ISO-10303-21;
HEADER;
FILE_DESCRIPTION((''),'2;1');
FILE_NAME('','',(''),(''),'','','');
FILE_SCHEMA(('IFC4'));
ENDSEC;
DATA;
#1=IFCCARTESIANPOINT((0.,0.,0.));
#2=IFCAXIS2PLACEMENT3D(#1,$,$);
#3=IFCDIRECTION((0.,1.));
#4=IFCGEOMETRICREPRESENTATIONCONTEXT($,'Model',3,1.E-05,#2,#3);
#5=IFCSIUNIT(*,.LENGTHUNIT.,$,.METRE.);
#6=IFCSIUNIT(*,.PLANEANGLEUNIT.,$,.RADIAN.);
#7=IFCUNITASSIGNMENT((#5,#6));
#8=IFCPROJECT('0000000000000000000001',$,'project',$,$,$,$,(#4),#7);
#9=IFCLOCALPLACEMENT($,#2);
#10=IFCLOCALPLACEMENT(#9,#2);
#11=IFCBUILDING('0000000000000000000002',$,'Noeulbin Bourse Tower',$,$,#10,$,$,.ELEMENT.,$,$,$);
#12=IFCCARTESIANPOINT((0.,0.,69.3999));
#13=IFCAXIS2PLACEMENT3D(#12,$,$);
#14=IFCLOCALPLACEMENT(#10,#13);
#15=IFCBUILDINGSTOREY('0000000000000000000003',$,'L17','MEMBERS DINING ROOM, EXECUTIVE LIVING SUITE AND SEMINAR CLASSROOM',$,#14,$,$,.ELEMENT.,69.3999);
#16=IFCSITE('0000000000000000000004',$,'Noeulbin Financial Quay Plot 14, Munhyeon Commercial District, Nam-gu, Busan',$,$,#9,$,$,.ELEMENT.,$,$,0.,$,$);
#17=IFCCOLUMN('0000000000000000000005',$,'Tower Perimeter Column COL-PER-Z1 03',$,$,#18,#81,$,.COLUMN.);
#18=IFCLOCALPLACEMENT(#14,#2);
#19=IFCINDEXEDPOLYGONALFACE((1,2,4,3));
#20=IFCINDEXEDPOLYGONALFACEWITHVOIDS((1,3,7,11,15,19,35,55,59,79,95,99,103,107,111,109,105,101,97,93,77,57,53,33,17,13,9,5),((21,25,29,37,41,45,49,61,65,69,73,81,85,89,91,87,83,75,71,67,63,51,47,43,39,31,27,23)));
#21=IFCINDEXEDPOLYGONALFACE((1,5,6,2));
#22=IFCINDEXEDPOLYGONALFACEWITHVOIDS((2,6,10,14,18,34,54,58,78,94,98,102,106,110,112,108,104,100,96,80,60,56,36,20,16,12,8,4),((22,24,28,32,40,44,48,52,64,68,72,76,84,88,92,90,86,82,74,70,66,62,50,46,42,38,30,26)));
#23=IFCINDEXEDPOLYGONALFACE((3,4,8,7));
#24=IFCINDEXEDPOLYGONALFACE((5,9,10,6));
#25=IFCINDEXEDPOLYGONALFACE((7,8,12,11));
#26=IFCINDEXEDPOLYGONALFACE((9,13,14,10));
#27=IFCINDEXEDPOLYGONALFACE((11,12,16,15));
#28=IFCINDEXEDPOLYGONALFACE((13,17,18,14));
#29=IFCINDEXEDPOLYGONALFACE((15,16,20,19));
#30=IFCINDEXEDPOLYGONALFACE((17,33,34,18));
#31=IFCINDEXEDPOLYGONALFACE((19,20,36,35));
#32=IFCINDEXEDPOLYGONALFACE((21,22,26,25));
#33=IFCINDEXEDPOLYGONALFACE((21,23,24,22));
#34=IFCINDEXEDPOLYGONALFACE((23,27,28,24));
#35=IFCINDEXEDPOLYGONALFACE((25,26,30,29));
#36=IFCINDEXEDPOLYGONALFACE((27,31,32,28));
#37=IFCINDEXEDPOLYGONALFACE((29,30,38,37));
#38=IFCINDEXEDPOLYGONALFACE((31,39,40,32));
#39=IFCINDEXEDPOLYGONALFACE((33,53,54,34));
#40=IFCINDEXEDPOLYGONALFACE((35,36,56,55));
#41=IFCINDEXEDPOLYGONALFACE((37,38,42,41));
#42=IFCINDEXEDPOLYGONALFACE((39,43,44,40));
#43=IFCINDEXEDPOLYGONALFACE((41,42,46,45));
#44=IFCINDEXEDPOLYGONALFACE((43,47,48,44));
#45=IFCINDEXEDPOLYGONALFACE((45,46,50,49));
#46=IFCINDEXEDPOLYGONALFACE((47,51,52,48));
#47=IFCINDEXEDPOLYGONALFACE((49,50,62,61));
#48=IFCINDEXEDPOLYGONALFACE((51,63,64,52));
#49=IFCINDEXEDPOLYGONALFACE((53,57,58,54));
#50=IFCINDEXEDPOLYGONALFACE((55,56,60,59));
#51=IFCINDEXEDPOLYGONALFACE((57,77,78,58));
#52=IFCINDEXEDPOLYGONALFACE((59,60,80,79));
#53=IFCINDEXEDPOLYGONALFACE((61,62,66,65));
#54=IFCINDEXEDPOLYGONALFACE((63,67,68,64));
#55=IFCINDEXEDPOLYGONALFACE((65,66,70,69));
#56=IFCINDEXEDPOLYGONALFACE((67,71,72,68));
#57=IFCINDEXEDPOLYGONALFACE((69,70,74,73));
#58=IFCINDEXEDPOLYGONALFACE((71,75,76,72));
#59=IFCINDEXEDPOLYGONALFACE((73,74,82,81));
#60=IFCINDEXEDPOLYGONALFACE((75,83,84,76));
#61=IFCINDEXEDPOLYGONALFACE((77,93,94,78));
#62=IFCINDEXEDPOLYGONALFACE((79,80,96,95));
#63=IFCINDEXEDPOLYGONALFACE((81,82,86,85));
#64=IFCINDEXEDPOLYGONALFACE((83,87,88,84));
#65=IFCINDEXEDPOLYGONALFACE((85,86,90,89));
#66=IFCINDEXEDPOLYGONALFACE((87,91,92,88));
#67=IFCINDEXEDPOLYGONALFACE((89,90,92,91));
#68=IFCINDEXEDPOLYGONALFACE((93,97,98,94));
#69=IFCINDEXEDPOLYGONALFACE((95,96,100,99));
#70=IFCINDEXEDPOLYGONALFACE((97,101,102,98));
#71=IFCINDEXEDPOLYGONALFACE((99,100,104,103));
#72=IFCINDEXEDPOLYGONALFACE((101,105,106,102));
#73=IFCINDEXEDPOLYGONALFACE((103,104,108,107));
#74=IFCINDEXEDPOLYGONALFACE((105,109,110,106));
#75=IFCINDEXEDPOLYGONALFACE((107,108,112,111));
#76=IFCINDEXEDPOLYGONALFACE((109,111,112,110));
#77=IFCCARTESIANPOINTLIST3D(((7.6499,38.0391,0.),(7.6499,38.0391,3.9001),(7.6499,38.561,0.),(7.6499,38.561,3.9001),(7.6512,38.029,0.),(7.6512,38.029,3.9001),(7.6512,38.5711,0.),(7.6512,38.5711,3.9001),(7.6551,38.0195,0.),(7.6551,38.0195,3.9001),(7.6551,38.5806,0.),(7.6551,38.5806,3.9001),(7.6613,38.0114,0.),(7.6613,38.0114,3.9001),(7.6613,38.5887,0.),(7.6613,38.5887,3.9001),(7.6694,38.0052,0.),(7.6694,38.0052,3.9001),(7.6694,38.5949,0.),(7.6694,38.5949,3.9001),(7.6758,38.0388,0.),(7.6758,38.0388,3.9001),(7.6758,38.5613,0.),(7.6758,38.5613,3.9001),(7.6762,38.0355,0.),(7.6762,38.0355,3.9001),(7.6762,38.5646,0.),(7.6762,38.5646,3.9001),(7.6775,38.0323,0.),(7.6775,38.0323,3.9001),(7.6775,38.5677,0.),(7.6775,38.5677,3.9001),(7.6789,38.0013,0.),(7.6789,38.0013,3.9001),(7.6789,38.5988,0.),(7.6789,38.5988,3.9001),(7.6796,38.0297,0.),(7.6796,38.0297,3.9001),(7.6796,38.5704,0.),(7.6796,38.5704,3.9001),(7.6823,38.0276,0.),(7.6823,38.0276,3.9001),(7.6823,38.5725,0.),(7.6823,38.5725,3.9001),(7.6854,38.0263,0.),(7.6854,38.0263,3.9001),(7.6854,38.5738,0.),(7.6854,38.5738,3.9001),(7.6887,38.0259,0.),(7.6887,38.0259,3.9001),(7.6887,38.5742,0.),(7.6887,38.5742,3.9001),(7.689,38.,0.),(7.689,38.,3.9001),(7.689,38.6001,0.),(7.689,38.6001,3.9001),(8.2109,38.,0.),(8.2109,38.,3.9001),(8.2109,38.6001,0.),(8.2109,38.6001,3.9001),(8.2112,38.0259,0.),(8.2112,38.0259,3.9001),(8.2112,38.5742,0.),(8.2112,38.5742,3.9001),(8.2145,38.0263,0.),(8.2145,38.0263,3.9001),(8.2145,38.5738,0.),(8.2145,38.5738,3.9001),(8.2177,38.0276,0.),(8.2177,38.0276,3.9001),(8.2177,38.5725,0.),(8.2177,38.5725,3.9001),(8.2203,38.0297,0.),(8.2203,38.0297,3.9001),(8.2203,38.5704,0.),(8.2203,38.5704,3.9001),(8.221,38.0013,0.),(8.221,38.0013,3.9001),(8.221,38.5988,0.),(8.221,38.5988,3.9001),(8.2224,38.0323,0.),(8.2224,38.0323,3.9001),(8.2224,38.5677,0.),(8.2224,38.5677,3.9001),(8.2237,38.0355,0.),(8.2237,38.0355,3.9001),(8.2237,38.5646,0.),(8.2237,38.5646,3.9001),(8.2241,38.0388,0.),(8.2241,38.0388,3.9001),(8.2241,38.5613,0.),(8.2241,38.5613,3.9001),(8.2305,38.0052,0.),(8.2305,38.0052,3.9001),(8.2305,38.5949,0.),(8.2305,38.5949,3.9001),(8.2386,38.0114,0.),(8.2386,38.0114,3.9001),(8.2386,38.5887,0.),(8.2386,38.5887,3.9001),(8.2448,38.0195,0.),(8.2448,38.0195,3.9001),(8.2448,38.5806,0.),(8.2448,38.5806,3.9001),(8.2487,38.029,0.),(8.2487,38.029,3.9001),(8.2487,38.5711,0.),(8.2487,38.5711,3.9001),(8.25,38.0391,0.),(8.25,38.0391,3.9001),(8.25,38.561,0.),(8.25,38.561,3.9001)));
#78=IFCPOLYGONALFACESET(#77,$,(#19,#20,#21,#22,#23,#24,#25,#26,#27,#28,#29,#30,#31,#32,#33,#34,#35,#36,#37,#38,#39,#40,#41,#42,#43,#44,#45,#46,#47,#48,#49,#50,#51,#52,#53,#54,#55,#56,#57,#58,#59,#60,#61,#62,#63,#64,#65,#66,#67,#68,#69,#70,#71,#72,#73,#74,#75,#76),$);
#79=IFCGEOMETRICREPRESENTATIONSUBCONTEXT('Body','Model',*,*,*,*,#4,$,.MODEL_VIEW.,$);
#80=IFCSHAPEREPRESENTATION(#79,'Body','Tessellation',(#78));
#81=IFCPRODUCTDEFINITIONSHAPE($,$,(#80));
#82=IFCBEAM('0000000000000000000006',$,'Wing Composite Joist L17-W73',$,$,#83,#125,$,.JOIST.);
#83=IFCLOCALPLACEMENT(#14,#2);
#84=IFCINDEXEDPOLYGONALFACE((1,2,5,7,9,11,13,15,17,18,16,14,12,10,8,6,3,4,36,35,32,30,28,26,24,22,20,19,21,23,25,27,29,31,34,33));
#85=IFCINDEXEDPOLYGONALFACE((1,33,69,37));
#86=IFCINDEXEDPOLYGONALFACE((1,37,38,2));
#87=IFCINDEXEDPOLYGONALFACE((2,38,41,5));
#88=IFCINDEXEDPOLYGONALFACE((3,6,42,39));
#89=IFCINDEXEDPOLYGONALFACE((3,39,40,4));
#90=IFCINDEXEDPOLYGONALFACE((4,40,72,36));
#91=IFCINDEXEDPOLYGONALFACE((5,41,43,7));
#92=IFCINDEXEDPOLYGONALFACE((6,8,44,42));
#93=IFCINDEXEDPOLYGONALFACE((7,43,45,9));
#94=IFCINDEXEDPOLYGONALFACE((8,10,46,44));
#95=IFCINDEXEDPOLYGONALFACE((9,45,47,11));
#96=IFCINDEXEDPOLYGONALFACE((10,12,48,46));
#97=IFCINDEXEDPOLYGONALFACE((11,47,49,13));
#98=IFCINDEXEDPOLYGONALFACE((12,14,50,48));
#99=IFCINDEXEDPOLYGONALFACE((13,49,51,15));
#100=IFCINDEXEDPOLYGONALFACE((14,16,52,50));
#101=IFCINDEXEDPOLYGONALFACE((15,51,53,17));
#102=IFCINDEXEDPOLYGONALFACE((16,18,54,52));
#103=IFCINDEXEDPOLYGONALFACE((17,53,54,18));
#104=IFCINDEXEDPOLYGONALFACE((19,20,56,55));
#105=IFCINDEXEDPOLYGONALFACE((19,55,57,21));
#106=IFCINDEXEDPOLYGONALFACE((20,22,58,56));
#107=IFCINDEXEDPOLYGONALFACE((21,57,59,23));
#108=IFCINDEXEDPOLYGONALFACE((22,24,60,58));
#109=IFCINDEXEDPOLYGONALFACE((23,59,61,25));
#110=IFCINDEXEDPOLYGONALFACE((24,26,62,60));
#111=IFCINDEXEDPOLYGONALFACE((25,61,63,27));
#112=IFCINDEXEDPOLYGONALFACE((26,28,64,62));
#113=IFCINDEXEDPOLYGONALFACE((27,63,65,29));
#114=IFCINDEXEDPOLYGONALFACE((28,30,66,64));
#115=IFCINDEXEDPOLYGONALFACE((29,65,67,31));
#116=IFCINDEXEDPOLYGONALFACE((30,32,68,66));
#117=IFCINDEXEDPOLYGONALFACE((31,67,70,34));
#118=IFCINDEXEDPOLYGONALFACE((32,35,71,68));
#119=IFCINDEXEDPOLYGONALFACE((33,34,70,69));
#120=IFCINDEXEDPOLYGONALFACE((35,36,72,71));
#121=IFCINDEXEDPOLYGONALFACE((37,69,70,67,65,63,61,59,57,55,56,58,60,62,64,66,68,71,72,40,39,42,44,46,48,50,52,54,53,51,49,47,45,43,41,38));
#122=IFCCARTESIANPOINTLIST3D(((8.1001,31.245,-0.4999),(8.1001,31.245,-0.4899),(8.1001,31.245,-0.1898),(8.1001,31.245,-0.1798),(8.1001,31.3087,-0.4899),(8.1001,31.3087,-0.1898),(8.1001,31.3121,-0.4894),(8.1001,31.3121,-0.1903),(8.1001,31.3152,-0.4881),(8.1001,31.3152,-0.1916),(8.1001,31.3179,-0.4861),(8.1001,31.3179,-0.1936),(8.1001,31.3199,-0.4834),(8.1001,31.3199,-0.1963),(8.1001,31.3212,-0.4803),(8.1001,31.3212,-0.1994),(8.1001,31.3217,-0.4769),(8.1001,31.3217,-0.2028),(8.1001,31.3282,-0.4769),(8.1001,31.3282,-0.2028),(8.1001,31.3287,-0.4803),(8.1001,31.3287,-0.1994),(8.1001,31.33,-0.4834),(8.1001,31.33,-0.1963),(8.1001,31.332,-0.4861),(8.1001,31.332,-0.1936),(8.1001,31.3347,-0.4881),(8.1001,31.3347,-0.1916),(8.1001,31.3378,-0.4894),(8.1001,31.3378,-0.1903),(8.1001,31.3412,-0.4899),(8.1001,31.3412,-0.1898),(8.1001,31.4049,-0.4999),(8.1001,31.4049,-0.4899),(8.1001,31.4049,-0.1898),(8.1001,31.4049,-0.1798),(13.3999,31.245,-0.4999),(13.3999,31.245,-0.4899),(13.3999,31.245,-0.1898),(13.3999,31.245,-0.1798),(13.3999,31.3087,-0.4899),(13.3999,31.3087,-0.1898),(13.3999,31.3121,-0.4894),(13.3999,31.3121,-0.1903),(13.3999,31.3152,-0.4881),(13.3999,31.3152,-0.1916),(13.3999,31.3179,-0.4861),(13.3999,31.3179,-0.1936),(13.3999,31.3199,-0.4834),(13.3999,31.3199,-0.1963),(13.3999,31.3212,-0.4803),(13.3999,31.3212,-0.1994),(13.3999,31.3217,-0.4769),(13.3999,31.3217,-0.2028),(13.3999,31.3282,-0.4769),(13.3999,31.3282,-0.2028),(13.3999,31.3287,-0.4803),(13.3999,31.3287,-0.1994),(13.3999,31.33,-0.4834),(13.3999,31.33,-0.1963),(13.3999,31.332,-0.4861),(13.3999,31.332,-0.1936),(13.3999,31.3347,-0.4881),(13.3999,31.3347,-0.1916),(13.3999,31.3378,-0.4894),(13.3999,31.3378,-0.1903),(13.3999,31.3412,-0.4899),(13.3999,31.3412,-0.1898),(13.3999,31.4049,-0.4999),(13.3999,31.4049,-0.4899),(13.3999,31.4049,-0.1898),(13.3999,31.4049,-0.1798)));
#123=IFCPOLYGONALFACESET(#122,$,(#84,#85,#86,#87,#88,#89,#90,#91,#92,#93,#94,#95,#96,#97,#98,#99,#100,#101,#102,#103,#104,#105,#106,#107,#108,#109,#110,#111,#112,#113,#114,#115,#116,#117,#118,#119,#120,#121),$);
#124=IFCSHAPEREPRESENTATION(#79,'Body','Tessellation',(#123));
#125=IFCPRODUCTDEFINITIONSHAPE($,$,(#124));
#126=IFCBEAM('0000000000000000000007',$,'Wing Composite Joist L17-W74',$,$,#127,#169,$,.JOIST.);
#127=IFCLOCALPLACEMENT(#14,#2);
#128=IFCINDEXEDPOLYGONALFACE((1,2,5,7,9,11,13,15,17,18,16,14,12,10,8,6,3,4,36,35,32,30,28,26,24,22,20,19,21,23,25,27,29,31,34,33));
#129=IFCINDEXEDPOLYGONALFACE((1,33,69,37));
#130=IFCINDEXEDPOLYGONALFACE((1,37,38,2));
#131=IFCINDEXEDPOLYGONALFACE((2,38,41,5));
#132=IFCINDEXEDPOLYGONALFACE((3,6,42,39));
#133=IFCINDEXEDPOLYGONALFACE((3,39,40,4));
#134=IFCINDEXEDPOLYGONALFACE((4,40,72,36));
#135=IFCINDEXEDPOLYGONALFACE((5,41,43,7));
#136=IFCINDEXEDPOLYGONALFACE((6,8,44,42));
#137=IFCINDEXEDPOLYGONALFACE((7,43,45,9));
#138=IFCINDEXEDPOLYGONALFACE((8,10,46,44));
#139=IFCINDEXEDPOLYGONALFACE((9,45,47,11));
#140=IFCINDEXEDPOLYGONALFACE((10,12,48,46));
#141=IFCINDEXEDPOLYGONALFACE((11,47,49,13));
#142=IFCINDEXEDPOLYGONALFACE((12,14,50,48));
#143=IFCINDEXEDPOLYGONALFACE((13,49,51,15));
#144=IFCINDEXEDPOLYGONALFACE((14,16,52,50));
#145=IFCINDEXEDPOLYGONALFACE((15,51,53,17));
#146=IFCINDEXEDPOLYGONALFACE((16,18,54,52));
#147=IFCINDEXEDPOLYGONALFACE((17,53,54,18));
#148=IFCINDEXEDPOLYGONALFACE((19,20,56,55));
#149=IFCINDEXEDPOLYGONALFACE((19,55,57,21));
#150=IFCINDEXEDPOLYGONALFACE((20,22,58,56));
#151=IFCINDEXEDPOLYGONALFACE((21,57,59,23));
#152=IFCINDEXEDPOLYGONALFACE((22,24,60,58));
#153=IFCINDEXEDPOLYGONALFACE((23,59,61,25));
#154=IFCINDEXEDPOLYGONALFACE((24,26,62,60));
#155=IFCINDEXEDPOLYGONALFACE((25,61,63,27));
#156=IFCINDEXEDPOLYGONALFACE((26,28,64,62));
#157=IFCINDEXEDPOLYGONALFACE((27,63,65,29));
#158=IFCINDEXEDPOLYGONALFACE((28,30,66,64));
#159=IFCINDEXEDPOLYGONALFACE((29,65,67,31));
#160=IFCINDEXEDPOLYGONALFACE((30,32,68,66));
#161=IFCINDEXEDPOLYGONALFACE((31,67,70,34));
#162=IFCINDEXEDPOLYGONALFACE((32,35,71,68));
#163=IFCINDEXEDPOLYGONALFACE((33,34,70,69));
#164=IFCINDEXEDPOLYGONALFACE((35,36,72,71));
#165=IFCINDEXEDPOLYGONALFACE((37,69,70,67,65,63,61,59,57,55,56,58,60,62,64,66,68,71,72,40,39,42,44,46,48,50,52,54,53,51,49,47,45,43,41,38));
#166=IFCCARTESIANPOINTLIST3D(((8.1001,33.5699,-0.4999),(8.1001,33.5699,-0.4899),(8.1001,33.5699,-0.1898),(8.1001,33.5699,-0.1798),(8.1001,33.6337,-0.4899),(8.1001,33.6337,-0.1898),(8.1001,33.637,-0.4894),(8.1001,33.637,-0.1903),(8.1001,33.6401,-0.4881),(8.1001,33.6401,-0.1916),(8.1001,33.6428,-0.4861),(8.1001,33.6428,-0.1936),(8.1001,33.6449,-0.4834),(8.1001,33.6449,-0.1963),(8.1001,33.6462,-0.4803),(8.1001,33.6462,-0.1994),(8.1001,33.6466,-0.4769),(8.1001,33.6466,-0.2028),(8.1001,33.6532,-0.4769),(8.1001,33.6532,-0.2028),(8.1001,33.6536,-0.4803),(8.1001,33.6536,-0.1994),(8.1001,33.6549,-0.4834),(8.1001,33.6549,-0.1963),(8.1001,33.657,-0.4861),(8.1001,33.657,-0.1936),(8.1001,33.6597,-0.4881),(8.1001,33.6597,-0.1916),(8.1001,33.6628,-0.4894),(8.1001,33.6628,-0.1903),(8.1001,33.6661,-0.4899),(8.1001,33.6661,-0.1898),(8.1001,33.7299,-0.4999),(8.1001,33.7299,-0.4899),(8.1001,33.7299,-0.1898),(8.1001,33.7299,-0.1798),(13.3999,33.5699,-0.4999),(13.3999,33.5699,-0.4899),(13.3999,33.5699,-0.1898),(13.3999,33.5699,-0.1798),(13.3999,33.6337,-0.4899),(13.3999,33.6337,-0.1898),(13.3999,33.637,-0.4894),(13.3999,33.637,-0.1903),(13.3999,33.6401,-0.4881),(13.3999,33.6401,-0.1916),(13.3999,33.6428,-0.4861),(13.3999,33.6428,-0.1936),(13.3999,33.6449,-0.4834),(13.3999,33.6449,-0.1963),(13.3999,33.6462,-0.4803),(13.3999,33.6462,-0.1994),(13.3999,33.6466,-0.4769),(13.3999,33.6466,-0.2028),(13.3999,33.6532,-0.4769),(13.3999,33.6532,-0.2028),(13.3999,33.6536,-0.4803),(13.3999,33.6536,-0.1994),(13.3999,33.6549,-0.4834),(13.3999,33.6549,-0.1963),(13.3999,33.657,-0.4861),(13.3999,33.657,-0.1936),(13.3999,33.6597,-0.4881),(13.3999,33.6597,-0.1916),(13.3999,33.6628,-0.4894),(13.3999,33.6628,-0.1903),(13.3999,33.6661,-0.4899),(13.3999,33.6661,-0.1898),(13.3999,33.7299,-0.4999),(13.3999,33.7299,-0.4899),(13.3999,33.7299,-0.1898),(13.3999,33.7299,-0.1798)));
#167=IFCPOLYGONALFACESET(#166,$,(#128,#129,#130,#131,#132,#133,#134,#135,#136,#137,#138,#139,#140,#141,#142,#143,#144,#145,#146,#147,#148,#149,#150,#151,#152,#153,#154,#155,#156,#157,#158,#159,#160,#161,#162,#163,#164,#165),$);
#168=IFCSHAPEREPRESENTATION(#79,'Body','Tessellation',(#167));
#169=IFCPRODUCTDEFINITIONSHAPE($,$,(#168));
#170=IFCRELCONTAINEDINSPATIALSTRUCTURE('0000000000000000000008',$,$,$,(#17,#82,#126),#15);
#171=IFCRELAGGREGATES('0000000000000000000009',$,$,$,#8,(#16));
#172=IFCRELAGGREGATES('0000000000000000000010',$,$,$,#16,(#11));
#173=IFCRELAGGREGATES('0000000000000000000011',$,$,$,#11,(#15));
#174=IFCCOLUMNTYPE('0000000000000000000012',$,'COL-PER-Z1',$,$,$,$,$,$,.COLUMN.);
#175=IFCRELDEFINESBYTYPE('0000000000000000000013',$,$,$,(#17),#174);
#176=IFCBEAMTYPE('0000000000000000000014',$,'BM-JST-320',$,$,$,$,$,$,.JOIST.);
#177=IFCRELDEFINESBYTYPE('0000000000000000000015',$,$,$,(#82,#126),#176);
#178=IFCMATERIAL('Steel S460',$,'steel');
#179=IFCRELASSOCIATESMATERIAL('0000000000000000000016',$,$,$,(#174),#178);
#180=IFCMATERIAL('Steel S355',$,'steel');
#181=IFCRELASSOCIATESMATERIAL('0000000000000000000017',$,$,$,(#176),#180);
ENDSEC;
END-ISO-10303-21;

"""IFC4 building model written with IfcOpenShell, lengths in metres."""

from ifc_helpers import new_model, si_unit, direction, frame, origin, origin_2d, place, context, subcontext, project, spatial, hollow_rectangle, i_section, extrude, material, material_profile, profile_set, type_object, element, save


model = new_model("IFC4")

# Units and contexts
model_context = context("Model", 3, precision=1e-05, world=origin(), true_north=direction((0.0, 1.0)))
body_context = subcontext(model_context, "Body", "Model", "MODEL_VIEW")
ifc_project = project(units=[si_unit("LENGTHUNIT", "METRE"), si_unit("PLANEANGLEUNIT", "RADIAN")], contexts=[model_context])

# Site, building, storey
site_placement = place(None, origin())
site = spatial("IfcSite", under=ifc_project, at=site_placement, Name="Noeulbin Financial Quay Plot 14, Munhyeon Commercial District, Nam-gu, Busan", CompositionType="ELEMENT", RefElevation=0.0)
building_placement = place(site_placement, origin())
building = spatial("IfcBuilding", under=site, at=building_placement, Name="Noeulbin Bourse Tower", CompositionType="ELEMENT")
storey_placement = place(building_placement, frame((0.0, 0.0, 69.3999)))
storey = spatial("IfcBuildingStorey", under=building, at=storey_placement, Name="L17", Description="MEMBERS DINING ROOM, EXECUTIVE LIVING SUITE AND SEMINAR CLASSROOM", CompositionType="ELEMENT", Elevation=69.3999)

# Column
ifc_material_1 = material(Name="Steel S460", Category="steel")
ifc_material_profile_1 = material_profile(ifc_material_1, hollow_rectangle(XDim=0.6001, YDim=0.6001, WallThickness=0.0259, InnerFilletRadius=0.0129, OuterFilletRadius=0.0391, at=origin_2d()), Name="BOX-600x600x26", Category="LoadBearing")
ifc_profile_set_1 = profile_set([ifc_material_profile_1], Name="Steel S460")
column_type = type_object("IfcColumnType", Name="COL-PER-Z1", PredefinedType="COLUMN", material=ifc_profile_set_1)
column_placement = place(storey_placement, frame((7.95, 38.3, 0.0), z_axis=(0.0, 0.0, 1.0), x_axis=(1.0, 0.0, 0.0)))
element("IfcColumn", 1, at=column_placement, inside=storey, type_object=column_type, Name="Tower Perimeter Column COL-PER-Z1 03", PredefinedType="COLUMN", context=body_context, shape_type="SweptSolid", body=[
    extrude(hollow_rectangle(XDim=0.6001, YDim=0.6001, WallThickness=0.0259, InnerFilletRadius=0.0129, OuterFilletRadius=0.0391, at=origin_2d()), origin(), (0.0, 0.0, 1.0), 3.9001),
])

# Beams
ifc_material_2 = material(Name="Steel S355", Category="steel")
ifc_material_profile_2 = material_profile(ifc_material_2, i_section(OverallWidth=0.1599, OverallDepth=0.3201, WebThickness=0.0066, FlangeThickness=0.01, FilletRadius=0.0129, at=origin_2d()), Name="H-320x160x6.5x10", Category="LoadBearing")
ifc_profile_set_2 = profile_set([ifc_material_profile_2], Name="Steel S355")
beam_type = type_object("IfcBeamType", Name="BM-JST-320", PredefinedType="JOIST", material=ifc_profile_set_2)
for number, where, z_axis, x_axis, name in (
    (2, (8.1001, 31.325, -0.3398), (1.0, 0.0, 0.0), (0.0, 1.0, 0.0), "Wing Composite Joist L17-W73"),
    (3, (8.1001, 33.6499, -0.3398), (1.0, 0.0, 0.0), (0.0, 1.0, 0.0), "Wing Composite Joist L17-W74"),
):
    element("IfcBeam", number, at=place(storey_placement, frame(where, z_axis=z_axis, x_axis=x_axis)), inside=storey, type_object=beam_type, Name=name, PredefinedType="JOIST", context=body_context, shape_type="SweptSolid", body=[
        extrude(i_section(OverallWidth=0.1599, OverallDepth=0.3201, WebThickness=0.0066, FlangeThickness=0.01, FilletRadius=0.0129, at=origin_2d()), origin(), (0.0, 0.0, 1.0), 5.2998),
    ])

save(model, "model.ifc")
